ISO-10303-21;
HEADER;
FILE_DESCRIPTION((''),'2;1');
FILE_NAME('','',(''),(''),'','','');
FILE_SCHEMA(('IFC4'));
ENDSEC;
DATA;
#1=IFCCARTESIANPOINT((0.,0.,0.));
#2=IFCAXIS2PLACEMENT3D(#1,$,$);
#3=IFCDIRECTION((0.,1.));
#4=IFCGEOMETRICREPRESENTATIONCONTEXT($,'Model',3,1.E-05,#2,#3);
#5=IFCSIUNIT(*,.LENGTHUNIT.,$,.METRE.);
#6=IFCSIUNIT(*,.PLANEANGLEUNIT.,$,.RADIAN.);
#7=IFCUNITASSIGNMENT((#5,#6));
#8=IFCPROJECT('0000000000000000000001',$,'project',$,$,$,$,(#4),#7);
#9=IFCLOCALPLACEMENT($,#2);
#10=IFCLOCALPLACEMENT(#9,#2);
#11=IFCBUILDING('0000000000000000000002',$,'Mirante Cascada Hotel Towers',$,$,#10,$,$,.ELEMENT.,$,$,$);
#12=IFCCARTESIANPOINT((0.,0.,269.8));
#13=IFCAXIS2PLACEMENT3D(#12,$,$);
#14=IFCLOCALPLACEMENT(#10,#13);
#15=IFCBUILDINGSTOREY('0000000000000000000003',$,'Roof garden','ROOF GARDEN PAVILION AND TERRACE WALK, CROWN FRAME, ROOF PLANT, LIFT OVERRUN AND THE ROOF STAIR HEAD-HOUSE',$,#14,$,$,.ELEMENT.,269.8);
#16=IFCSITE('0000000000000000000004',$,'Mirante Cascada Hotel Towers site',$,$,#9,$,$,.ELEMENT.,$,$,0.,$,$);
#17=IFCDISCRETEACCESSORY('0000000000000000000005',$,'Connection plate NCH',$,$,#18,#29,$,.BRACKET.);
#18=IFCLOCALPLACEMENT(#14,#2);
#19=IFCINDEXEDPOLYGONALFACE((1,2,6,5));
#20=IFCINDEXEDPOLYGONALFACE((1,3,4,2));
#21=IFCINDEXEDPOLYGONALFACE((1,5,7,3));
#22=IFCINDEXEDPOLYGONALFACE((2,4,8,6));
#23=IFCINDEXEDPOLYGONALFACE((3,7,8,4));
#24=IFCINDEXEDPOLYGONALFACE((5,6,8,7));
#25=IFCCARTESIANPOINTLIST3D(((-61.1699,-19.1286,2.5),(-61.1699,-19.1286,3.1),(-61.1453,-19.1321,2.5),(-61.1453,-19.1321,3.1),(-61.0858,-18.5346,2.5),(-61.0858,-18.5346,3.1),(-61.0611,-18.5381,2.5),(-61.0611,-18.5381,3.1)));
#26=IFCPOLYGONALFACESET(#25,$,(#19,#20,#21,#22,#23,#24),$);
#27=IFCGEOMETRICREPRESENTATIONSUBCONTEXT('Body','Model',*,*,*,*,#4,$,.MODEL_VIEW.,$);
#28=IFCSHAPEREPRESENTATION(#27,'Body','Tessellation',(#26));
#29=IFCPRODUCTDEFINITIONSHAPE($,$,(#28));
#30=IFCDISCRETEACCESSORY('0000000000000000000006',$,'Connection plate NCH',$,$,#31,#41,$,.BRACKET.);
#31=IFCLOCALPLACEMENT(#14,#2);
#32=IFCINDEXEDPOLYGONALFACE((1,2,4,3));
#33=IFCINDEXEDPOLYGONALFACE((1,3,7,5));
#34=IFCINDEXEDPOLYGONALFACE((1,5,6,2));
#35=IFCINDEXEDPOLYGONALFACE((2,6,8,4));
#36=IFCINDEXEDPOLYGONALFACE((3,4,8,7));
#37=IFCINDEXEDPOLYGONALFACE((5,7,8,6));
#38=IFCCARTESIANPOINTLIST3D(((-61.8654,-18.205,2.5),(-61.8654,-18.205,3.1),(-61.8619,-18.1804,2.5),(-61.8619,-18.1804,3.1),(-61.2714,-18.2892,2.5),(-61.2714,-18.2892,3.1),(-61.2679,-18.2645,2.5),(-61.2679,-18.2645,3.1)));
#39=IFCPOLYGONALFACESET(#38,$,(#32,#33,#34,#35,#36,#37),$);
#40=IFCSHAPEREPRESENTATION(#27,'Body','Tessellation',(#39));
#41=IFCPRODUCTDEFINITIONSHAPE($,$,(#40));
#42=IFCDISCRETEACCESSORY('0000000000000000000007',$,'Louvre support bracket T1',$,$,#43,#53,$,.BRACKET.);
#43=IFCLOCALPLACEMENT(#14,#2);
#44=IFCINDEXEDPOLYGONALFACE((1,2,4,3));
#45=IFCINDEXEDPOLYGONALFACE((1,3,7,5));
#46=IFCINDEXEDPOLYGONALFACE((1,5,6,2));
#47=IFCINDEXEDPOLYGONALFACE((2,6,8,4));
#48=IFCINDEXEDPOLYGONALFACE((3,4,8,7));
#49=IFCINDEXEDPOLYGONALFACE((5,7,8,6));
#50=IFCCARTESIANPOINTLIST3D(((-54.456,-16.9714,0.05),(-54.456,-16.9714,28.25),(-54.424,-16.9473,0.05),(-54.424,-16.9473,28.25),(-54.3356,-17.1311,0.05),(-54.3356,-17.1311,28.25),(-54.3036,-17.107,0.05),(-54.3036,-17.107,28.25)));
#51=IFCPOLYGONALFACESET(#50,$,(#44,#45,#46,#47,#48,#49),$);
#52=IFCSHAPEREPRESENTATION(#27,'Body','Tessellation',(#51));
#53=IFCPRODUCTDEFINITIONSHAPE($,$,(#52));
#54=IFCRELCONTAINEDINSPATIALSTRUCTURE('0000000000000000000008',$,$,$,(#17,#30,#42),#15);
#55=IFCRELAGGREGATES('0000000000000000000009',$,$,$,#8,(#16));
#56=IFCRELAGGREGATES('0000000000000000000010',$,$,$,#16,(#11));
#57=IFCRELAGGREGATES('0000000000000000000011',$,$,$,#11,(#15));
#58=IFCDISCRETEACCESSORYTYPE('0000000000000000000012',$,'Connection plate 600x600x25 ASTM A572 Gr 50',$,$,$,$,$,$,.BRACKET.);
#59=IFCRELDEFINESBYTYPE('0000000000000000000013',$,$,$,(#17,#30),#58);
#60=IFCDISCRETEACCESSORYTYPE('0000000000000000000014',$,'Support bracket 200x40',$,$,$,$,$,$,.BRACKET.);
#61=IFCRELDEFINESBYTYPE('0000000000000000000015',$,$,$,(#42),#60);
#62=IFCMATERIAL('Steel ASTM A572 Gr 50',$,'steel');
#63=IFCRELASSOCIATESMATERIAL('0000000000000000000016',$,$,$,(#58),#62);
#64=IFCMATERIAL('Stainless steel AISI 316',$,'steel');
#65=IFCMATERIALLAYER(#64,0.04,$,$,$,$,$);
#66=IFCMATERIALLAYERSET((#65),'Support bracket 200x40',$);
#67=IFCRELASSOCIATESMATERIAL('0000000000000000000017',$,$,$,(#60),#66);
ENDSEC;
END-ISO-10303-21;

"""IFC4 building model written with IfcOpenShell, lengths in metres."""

from ifc_helpers import new_model, si_unit, direction, frame, origin, origin_2d, place, context, subcontext, project, spatial, rectangle, extrude, material, layer, layer_set, material_profile, profile_set, type_object, element, save


model = new_model("IFC4")

# Units and contexts
model_context = context("Model", 3, precision=1e-05, world=origin(), true_north=direction((0.0, 1.0)))
body_context = subcontext(model_context, "Body", "Model", "MODEL_VIEW")
ifc_project = project(units=[si_unit("LENGTHUNIT", "METRE"), si_unit("PLANEANGLEUNIT", "RADIAN")], contexts=[model_context])

# Site, building, storey
site_placement = place(None, origin())
site = spatial("IfcSite", under=ifc_project, at=site_placement, Name="Mirante Cascada Hotel Towers site", CompositionType="ELEMENT", RefElevation=0.0)
building_placement = place(site_placement, origin())
building = spatial("IfcBuilding", under=site, at=building_placement, Name="Mirante Cascada Hotel Towers", CompositionType="ELEMENT")
storey_placement = place(building_placement, frame((0.0, 0.0, 269.8)))
storey = spatial("IfcBuildingStorey", under=building, at=storey_placement, Name="Roof garden", Description="ROOF GARDEN PAVILION AND TERRACE WALK, CROWN FRAME, ROOF PLANT, LIFT OVERRUN AND THE ROOF STAIR HEAD-HOUSE", CompositionType="ELEMENT", Elevation=269.8)

# Discrete accessories
ifc_material_1 = material(Name="Steel ASTM A572 Gr 50", Category="steel")
ifc_material_profile_1 = material_profile(ifc_material_1, rectangle(XDim=0.6, YDim=0.6, at=origin_2d()), Name="Connection plate 600x600x25 ASTM A572 Gr 50")
ifc_profile_set_1 = profile_set([ifc_material_profile_1], Name="Steel ASTM A572 Gr 50")
discrete_accessory_type_1 = type_object("IfcDiscreteAccessoryType", Name="Connection plate 600x600x25 ASTM A572 Gr 50", PredefinedType="BRACKET", material=ifc_profile_set_1)
for number, where, z_axis, x_axis, name in (
    (1, (-61.1032, -18.8351, 2.8), (-0.990109, 0.140299, 0.0), (-0.140299, -0.990109, 0.0), "Connection plate NCH"),
    (2, (-61.5684, -18.2471, 2.8), (0.140299, 0.990109, 0.0), (-0.990109, 0.140299, 0.0), "Connection plate NCH"),
):
    element("IfcDiscreteAccessory", number, at=place(storey_placement, frame(where, z_axis=z_axis, x_axis=x_axis)), inside=storey, type_object=discrete_accessory_type_1, Name=name, PredefinedType="BRACKET", context=body_context, shape_type="SweptSolid", body=[
        extrude(rectangle(XDim=0.6, YDim=0.6, at=origin_2d()), origin(), (0.0, 0.0, 1.0), 0.0249),
    ])
ifc_material_2 = material(Name="Stainless steel AISI 316", Category="steel")
ifc_layer_1 = layer(ifc_material_2, 0.04)
ifc_layer_set_1 = layer_set([ifc_layer_1], Name="Support bracket 200x40")
discrete_accessory_type_2 = type_object("IfcDiscreteAccessoryType", Name="Support bracket 200x40", PredefinedType="BRACKET", material=ifc_layer_set_1)
discrete_accessory_1_placement = place(storey_placement, frame((-54.3798, -17.0392, 0.05), z_axis=(0.0, 0.0, 1.0), x_axis=(0.601815, -0.798636, 0.0)))
element("IfcDiscreteAccessory", 3, at=discrete_accessory_1_placement, inside=storey, type_object=discrete_accessory_type_2, Name="Louvre support bracket T1", PredefinedType="BRACKET", context=body_context, shape_type="SweptSolid", body=[
    extrude(rectangle(XDim=0.2, YDim=0.04, at=origin_2d()), origin(), (0.0, 0.0, 1.0), 28.2),
])

save(model, "model.ifc")
